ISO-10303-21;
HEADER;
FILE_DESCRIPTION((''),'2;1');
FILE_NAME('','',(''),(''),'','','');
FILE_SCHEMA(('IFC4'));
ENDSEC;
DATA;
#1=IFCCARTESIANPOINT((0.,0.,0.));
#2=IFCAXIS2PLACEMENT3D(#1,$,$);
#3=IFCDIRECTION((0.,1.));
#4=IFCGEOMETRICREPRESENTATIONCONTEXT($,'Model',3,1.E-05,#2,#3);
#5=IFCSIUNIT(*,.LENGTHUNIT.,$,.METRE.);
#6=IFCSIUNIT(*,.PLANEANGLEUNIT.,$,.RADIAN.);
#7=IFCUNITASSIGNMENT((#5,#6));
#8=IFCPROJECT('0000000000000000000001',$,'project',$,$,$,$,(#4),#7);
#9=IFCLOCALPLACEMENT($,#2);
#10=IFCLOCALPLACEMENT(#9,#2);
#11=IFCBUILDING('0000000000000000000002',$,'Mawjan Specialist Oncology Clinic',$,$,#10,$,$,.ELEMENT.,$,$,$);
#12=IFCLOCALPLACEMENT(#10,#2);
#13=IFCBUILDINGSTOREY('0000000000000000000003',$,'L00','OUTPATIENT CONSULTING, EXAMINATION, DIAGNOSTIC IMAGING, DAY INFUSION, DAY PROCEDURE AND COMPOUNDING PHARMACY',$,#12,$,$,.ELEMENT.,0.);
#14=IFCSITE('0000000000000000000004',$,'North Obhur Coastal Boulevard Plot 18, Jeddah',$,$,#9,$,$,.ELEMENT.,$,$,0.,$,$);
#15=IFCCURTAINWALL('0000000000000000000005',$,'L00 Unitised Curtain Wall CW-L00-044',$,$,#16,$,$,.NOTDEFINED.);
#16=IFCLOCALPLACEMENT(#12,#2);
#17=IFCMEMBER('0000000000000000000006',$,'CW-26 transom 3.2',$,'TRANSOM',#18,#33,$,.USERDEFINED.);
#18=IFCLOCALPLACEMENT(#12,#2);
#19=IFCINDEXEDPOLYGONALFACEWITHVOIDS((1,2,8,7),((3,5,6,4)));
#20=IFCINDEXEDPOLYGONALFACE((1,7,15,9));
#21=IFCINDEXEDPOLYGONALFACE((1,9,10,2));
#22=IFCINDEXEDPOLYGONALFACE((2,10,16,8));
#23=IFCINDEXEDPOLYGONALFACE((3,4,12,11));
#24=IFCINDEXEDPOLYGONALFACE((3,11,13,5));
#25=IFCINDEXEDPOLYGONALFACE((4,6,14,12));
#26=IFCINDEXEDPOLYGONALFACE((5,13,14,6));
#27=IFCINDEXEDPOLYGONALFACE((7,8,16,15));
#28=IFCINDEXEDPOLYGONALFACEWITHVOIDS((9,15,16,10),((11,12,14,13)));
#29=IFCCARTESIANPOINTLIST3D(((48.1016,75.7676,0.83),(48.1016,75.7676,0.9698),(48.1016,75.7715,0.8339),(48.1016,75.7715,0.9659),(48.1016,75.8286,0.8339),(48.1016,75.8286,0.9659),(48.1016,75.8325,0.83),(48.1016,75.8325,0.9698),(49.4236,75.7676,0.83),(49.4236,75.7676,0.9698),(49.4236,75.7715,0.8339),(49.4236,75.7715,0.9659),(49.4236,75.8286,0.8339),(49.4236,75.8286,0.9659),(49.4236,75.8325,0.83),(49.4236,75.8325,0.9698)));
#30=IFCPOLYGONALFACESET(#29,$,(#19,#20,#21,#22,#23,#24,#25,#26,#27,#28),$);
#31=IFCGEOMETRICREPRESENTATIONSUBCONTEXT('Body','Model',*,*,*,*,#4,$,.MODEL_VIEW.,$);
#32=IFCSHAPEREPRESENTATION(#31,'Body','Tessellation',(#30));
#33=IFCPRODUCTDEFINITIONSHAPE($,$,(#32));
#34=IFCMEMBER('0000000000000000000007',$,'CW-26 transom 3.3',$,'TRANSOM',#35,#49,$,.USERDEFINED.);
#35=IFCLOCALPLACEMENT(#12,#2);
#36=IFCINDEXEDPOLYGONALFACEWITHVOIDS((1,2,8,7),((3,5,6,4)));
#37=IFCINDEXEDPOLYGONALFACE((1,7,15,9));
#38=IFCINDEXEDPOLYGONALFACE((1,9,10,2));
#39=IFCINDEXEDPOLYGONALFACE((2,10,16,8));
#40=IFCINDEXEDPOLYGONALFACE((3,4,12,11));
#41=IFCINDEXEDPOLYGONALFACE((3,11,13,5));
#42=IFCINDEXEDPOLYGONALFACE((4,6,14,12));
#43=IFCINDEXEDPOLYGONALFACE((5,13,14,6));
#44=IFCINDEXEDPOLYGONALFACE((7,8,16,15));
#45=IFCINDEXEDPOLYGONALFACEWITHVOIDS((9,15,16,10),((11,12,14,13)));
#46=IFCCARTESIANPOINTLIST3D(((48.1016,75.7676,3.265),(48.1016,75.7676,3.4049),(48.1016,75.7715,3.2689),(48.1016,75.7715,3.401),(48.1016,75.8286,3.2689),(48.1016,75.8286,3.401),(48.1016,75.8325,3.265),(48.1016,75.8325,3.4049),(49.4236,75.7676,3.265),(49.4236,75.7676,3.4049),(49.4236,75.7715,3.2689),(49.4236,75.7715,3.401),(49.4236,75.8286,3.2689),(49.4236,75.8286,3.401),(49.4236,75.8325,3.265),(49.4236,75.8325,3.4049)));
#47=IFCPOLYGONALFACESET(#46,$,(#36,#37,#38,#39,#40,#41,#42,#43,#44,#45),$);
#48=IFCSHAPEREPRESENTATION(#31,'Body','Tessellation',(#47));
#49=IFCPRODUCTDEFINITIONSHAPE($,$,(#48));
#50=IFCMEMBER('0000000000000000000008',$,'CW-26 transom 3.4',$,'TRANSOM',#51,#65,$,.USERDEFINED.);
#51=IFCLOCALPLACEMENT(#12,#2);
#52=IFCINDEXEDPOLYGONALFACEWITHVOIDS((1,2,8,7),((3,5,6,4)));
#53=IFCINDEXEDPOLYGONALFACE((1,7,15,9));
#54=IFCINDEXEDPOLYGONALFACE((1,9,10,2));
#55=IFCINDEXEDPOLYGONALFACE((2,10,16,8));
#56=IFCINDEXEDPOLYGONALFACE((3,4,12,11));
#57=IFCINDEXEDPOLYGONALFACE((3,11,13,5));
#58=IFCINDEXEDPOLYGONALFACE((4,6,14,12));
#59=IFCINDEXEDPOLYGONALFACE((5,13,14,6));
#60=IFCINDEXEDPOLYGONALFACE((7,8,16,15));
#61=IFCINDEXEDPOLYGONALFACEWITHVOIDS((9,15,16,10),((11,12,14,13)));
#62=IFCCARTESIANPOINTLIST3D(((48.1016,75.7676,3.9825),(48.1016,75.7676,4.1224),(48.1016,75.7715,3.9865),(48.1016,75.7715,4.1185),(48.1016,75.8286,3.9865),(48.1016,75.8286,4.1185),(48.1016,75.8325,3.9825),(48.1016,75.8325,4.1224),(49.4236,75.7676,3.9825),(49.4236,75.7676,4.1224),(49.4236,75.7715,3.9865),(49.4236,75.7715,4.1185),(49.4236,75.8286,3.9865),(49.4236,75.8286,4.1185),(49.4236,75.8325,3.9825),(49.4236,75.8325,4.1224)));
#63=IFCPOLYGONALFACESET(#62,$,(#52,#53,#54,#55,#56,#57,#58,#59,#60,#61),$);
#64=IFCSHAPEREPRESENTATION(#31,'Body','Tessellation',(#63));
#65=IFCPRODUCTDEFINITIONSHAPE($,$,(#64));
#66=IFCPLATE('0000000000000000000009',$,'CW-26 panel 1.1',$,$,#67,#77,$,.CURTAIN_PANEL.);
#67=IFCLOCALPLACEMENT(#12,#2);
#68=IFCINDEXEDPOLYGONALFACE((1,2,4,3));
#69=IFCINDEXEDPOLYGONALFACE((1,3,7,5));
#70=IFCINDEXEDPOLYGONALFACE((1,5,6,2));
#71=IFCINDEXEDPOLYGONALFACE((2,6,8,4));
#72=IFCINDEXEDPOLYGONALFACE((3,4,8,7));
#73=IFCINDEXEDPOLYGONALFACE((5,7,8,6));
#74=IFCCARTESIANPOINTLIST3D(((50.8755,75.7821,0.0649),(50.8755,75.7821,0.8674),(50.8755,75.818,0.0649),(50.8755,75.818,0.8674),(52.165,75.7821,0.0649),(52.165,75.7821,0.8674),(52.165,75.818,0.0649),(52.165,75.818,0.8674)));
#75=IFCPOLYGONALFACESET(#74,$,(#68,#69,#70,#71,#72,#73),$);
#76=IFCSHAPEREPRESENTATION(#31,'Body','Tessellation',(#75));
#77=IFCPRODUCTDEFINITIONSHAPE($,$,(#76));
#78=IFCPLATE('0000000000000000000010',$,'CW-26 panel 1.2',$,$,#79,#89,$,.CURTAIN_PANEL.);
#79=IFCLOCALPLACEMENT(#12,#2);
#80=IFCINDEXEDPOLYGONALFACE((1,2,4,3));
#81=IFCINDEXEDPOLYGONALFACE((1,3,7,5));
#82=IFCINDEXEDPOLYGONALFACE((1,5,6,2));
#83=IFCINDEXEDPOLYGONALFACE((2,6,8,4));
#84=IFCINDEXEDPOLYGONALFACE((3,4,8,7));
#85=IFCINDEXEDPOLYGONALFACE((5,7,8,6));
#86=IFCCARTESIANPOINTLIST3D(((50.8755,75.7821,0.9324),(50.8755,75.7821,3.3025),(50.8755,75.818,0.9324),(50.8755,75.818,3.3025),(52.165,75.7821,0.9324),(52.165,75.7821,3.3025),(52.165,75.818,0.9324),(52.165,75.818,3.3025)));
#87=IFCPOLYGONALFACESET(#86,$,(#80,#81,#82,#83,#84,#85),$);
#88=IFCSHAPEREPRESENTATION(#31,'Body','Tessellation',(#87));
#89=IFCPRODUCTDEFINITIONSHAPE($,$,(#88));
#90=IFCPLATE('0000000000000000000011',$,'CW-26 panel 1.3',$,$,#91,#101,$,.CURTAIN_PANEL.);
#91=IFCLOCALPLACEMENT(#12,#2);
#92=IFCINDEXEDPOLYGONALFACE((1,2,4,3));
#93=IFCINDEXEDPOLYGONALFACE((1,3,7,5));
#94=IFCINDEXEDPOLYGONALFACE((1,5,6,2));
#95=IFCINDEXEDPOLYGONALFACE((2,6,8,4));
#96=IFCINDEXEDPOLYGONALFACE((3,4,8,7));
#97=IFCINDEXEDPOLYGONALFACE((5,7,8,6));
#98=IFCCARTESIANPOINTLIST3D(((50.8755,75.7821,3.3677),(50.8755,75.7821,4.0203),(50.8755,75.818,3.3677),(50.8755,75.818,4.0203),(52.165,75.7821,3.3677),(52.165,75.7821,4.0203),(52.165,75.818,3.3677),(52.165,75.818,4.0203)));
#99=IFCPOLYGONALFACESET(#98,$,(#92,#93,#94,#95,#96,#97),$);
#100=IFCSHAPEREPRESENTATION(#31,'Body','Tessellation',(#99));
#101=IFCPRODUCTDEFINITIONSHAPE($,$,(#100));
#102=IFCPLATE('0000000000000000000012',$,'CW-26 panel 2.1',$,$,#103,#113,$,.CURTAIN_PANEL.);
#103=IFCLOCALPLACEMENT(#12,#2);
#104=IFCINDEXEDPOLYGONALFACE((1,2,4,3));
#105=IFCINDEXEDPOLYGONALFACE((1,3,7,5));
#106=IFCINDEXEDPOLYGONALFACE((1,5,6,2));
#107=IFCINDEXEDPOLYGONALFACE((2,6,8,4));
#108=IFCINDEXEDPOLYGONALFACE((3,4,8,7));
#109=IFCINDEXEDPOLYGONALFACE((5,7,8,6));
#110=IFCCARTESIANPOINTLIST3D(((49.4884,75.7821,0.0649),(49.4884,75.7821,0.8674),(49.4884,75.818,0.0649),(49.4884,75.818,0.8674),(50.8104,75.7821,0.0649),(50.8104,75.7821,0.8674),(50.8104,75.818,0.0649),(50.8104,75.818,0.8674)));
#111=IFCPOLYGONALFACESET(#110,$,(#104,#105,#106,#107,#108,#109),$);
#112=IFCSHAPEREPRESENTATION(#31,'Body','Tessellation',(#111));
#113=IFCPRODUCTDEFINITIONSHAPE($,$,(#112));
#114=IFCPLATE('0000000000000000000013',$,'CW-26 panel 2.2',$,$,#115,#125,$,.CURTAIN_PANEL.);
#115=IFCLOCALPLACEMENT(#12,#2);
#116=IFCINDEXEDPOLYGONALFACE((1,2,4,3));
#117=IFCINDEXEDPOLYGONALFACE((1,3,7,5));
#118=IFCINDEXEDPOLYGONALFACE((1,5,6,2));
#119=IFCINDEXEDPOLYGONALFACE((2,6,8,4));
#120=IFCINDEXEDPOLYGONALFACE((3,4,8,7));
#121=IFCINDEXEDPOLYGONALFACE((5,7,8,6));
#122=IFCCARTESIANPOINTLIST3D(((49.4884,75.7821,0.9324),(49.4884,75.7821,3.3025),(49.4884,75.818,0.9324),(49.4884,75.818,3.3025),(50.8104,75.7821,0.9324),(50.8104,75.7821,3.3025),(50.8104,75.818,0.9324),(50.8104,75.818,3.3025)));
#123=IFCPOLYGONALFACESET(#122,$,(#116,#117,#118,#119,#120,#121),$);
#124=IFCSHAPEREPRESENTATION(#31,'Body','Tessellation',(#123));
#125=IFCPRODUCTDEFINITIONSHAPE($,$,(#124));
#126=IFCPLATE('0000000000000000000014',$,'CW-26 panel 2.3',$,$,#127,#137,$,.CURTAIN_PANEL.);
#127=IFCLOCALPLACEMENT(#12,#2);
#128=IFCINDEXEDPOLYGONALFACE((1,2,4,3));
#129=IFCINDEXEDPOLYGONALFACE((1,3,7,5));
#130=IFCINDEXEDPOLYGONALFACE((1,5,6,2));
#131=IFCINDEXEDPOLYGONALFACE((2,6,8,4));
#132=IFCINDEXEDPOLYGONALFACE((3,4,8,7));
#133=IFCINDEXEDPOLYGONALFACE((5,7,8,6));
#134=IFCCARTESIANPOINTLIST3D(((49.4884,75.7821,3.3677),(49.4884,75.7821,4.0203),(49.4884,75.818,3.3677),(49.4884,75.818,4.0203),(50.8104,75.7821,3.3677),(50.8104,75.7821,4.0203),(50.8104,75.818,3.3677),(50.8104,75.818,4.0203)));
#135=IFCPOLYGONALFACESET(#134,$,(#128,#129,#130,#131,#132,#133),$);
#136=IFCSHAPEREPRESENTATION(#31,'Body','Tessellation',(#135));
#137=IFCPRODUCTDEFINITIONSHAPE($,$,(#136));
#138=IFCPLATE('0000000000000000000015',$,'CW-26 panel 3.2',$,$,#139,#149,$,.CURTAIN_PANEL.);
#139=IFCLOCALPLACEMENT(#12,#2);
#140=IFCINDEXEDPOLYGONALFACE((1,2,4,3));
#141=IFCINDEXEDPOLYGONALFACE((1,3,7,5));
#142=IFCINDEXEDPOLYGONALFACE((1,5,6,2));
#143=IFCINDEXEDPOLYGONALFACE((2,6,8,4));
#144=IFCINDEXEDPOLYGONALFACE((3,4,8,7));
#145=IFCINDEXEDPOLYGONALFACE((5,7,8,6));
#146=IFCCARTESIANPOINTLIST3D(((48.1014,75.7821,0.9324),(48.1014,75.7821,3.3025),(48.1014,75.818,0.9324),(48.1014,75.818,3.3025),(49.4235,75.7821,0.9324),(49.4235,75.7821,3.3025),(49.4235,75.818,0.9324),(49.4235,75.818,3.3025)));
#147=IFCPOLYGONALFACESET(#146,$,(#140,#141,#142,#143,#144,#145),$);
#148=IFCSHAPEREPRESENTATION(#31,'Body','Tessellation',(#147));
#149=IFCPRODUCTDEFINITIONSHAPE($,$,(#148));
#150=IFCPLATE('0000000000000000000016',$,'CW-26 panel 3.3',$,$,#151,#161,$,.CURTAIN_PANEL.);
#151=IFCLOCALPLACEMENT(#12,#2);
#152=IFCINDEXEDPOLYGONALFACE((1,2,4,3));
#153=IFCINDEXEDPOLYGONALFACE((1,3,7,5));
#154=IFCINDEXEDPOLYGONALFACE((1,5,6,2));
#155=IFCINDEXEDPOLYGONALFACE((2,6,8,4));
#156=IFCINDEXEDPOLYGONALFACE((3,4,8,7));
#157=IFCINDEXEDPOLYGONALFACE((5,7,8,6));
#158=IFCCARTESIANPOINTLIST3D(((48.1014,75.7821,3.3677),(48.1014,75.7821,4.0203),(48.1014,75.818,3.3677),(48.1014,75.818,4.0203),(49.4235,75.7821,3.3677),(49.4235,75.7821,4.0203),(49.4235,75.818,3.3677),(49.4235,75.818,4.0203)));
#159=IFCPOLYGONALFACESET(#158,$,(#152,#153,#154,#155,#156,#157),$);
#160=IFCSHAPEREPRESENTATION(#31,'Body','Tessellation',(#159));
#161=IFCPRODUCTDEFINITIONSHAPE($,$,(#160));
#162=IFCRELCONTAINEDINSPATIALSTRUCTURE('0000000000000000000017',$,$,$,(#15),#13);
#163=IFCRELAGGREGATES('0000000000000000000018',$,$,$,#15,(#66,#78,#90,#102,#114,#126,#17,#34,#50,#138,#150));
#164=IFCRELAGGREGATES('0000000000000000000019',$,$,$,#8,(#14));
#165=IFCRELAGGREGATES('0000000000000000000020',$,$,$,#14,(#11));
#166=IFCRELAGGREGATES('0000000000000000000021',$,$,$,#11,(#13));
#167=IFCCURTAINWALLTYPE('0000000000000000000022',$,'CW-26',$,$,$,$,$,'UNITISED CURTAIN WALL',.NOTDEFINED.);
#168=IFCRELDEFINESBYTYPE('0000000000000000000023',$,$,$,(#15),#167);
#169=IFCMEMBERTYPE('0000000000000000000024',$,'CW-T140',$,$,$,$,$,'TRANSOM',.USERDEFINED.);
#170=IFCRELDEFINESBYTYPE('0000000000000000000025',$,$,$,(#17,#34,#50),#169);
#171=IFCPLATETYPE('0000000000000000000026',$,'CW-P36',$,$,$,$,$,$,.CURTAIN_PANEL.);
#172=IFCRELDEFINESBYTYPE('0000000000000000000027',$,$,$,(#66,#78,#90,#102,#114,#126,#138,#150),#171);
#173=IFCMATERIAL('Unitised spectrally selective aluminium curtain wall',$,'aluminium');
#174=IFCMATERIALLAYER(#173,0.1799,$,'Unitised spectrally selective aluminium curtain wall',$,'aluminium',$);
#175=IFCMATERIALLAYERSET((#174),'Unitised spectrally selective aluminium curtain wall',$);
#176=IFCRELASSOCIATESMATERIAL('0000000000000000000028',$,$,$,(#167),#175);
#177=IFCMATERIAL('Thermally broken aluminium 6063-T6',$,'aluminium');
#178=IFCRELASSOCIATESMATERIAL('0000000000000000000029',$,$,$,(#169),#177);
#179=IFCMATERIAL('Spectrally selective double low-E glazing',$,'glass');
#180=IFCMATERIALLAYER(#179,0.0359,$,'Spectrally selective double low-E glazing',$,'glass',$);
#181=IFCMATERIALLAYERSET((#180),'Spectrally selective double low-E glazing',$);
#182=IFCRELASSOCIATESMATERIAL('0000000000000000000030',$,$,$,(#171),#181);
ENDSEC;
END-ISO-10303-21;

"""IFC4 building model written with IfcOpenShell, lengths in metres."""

from ifc_helpers import new_model, si_unit, direction, frame, origin, origin_2d, place, context, subcontext, project, spatial, rectangle, hollow_rectangle, extrude, material, layer, layer_set, material_profile, profile_set, type_object, element, aggregate, save


model = new_model("IFC4")

# Units and contexts
model_context = context("Model", 3, precision=1e-05, world=origin(), true_north=direction((0.0, 1.0)))
body_context = subcontext(model_context, "Body", "Model", "MODEL_VIEW")
ifc_project = project(units=[si_unit("LENGTHUNIT", "METRE"), si_unit("PLANEANGLEUNIT", "RADIAN")], contexts=[model_context])

# Site, building, storey
site_placement = place(None, origin())
site = spatial("IfcSite", under=ifc_project, at=site_placement, Name="North Obhur Coastal Boulevard Plot 18, Jeddah", CompositionType="ELEMENT", RefElevation=0.0)
building_placement = place(site_placement, origin())
building = spatial("IfcBuilding", under=site, at=building_placement, Name="Mawjan Specialist Oncology Clinic", CompositionType="ELEMENT")
storey_placement = place(building_placement, origin())
storey = spatial("IfcBuildingStorey", under=building, at=storey_placement, Name="L00", Description="OUTPATIENT CONSULTING, EXAMINATION, DIAGNOSTIC IMAGING, DAY INFUSION, DAY PROCEDURE AND COMPOUNDING PHARMACY", CompositionType="ELEMENT", Elevation=0.0)

# Curtain wall, members, plates
ifc_material_1 = material(Name="Unitised spectrally selective aluminium curtain wall", Category="aluminium")
ifc_layer_1 = layer(ifc_material_1, 0.1799, Name="Unitised spectrally selective aluminium curtain wall", Category="aluminium")
ifc_layer_set_1 = layer_set([ifc_layer_1], Name="Unitised spectrally selective aluminium curtain wall")
curtain_wall_type = type_object("IfcCurtainWallType", Name="CW-26", ElementType="UNITISED CURTAIN WALL", PredefinedType="NOTDEFINED", material=ifc_layer_set_1)
curtain_wall_placement = place(storey_placement, origin())
curtain_wall = element("IfcCurtainWall", 1, at=curtain_wall_placement, inside=storey, type_object=curtain_wall_type, Name="L00 Unitised Curtain Wall CW-L00-044", PredefinedType="NOTDEFINED")
ifc_material_2 = material(Name="Thermally broken aluminium 6063-T6", Category="aluminium")
ifc_material_profile_1 = material_profile(ifc_material_2, hollow_rectangle(XDim=0.0649, YDim=0.1399, WallThickness=0.0039, at=origin_2d()), Name="ALU TRANSOM 140x65x4", Category="aluminium")
ifc_profile_set_1 = profile_set([ifc_material_profile_1], Name="Thermally broken aluminium 6063-T6")
member_type_1 = type_object("IfcMemberType", Name="CW-T140", ElementType="TRANSOM", PredefinedType="USERDEFINED", material=ifc_profile_set_1)
member_1_placement = place(storey_placement, frame((49.4236, 75.8, 0.8999), z_axis=(-1.0, 0.0, 0.0), x_axis=(0.0, -1.0, 0.0)))
member_1 = element("IfcMember", 2, at=member_1_placement, type_object=member_type_1, Name="CW-26 transom 3.2", ObjectType="TRANSOM", PredefinedType="USERDEFINED", context=body_context, shape_type="SweptSolid", body=[
    extrude(hollow_rectangle(XDim=0.0649, YDim=0.1399, WallThickness=0.0039, at=origin_2d()), origin(), (0.0, 0.0, 1.0), 1.322),
])
member_2_placement = place(storey_placement, frame((49.4236, 75.8, 3.335), z_axis=(-1.0, 0.0, 0.0), x_axis=(0.0, -1.0, 0.0)))
member_2 = element("IfcMember", 3, at=member_2_placement, type_object=member_type_1, Name="CW-26 transom 3.3", ObjectType="TRANSOM", PredefinedType="USERDEFINED", context=body_context, shape_type="SweptSolid", body=[
    extrude(hollow_rectangle(XDim=0.0649, YDim=0.1399, WallThickness=0.0039, at=origin_2d()), origin(), (0.0, 0.0, 1.0), 1.322),
])
member_3_placement = place(storey_placement, frame((49.4236, 75.8, 4.0525), z_axis=(-1.0, 0.0, 0.0), x_axis=(0.0, -1.0, 0.0)))
member_3 = element("IfcMember", 4, at=member_3_placement, type_object=member_type_1, Name="CW-26 transom 3.4", ObjectType="TRANSOM", PredefinedType="USERDEFINED", context=body_context, shape_type="SweptSolid", body=[
    extrude(hollow_rectangle(XDim=0.0649, YDim=0.1399, WallThickness=0.0039, at=origin_2d()), origin(), (0.0, 0.0, 1.0), 1.322),
])
ifc_material_3 = material(Name="Spectrally selective double low-E glazing", Category="glass")
ifc_layer_2 = layer(ifc_material_3, 0.0359, Name="Spectrally selective double low-E glazing", Category="glass")
ifc_layer_set_2 = layer_set([ifc_layer_2], Name="Spectrally selective double low-E glazing")
plate_type = type_object("IfcPlateType", Name="CW-P36", PredefinedType="CURTAIN_PANEL", material=ifc_layer_set_2)
plate_1_placement = place(storey_placement, frame((51.5203, 75.8, 0.0649), z_axis=(0.0, 0.0, 1.0), x_axis=(-1.0, 0.0, 0.0)))
plate_1 = element("IfcPlate", 5, at=plate_1_placement, type_object=plate_type, Name="CW-26 panel 1.1", PredefinedType="CURTAIN_PANEL", context=body_context, shape_type="SweptSolid", body=[
    extrude(rectangle(XDim=1.2896, YDim=0.0359, at=origin_2d()), origin(), (0.0, 0.0, 1.0), 0.8025),
])
plate_2_placement = place(storey_placement, frame((51.5203, 75.8, 0.9324), z_axis=(0.0, 0.0, 1.0), x_axis=(-1.0, 0.0, 0.0)))
plate_2 = element("IfcPlate", 6, at=plate_2_placement, type_object=plate_type, Name="CW-26 panel 1.2", PredefinedType="CURTAIN_PANEL", context=body_context, shape_type="SweptSolid", body=[
    extrude(rectangle(XDim=1.2896, YDim=0.0359, at=origin_2d()), origin(), (0.0, 0.0, 1.0), 2.3701),
])
plate_3_placement = place(storey_placement, frame((51.5203, 75.8, 3.3677), z_axis=(0.0, 0.0, 1.0), x_axis=(-1.0, 0.0, 0.0)))
plate_3 = element("IfcPlate", 7, at=plate_3_placement, type_object=plate_type, Name="CW-26 panel 1.3", PredefinedType="CURTAIN_PANEL", context=body_context, shape_type="SweptSolid", body=[
    extrude(rectangle(XDim=1.2896, YDim=0.0359, at=origin_2d()), origin(), (0.0, 0.0, 1.0), 0.6526),
])
plate_4_placement = place(storey_placement, frame((50.1494, 75.8, 0.0649), z_axis=(0.0, 0.0, 1.0), x_axis=(-1.0, 0.0, 0.0)))
plate_4 = element("IfcPlate", 8, at=plate_4_placement, type_object=plate_type, Name="CW-26 panel 2.1", PredefinedType="CURTAIN_PANEL", context=body_context, shape_type="SweptSolid", body=[
    extrude(rectangle(XDim=1.322, YDim=0.0359, at=origin_2d()), origin(), (0.0, 0.0, 1.0), 0.8025),
])
plate_5_placement = place(storey_placement, frame((50.1494, 75.8, 0.9324), z_axis=(0.0, 0.0, 1.0), x_axis=(-1.0, 0.0, 0.0)))
plate_5 = element("IfcPlate", 9, at=plate_5_placement, type_object=plate_type, Name="CW-26 panel 2.2", PredefinedType="CURTAIN_PANEL", context=body_context, shape_type="SweptSolid", body=[
    extrude(rectangle(XDim=1.322, YDim=0.0359, at=origin_2d()), origin(), (0.0, 0.0, 1.0), 2.3701),
])
plate_6_placement = place(storey_placement, frame((50.1494, 75.8, 3.3677), z_axis=(0.0, 0.0, 1.0), x_axis=(-1.0, 0.0, 0.0)))
plate_6 = element("IfcPlate", 10, at=plate_6_placement, type_object=plate_type, Name="CW-26 panel 2.3", PredefinedType="CURTAIN_PANEL", context=body_context, shape_type="SweptSolid", body=[
    extrude(rectangle(XDim=1.322, YDim=0.0359, at=origin_2d()), origin(), (0.0, 0.0, 1.0), 0.6526),
])
plate_7_placement = place(storey_placement, frame((48.7625, 75.8, 0.9324), z_axis=(0.0, 0.0, 1.0), x_axis=(-1.0, 0.0, 0.0)))
plate_7 = element("IfcPlate", 11, at=plate_7_placement, type_object=plate_type, Name="CW-26 panel 3.2", PredefinedType="CURTAIN_PANEL", context=body_context, shape_type="SweptSolid", body=[
    extrude(rectangle(XDim=1.322, YDim=0.0359, at=origin_2d()), origin(), (0.0, 0.0, 1.0), 2.3701),
])
plate_8_placement = place(storey_placement, frame((48.7625, 75.8, 3.3677), z_axis=(0.0, 0.0, 1.0), x_axis=(-1.0, 0.0, 0.0)))
plate_8 = element("IfcPlate", 12, at=plate_8_placement, type_object=plate_type, Name="CW-26 panel 3.3", PredefinedType="CURTAIN_PANEL", context=body_context, shape_type="SweptSolid", body=[
    extrude(rectangle(XDim=1.322, YDim=0.0359, at=origin_2d()), origin(), (0.0, 0.0, 1.0), 0.6526),
])
aggregate(curtain_wall, [plate_1, plate_2, plate_3, plate_4, plate_5, plate_6, member_1, member_2, member_3, plate_7, plate_8])

save(model, "model.ifc")
